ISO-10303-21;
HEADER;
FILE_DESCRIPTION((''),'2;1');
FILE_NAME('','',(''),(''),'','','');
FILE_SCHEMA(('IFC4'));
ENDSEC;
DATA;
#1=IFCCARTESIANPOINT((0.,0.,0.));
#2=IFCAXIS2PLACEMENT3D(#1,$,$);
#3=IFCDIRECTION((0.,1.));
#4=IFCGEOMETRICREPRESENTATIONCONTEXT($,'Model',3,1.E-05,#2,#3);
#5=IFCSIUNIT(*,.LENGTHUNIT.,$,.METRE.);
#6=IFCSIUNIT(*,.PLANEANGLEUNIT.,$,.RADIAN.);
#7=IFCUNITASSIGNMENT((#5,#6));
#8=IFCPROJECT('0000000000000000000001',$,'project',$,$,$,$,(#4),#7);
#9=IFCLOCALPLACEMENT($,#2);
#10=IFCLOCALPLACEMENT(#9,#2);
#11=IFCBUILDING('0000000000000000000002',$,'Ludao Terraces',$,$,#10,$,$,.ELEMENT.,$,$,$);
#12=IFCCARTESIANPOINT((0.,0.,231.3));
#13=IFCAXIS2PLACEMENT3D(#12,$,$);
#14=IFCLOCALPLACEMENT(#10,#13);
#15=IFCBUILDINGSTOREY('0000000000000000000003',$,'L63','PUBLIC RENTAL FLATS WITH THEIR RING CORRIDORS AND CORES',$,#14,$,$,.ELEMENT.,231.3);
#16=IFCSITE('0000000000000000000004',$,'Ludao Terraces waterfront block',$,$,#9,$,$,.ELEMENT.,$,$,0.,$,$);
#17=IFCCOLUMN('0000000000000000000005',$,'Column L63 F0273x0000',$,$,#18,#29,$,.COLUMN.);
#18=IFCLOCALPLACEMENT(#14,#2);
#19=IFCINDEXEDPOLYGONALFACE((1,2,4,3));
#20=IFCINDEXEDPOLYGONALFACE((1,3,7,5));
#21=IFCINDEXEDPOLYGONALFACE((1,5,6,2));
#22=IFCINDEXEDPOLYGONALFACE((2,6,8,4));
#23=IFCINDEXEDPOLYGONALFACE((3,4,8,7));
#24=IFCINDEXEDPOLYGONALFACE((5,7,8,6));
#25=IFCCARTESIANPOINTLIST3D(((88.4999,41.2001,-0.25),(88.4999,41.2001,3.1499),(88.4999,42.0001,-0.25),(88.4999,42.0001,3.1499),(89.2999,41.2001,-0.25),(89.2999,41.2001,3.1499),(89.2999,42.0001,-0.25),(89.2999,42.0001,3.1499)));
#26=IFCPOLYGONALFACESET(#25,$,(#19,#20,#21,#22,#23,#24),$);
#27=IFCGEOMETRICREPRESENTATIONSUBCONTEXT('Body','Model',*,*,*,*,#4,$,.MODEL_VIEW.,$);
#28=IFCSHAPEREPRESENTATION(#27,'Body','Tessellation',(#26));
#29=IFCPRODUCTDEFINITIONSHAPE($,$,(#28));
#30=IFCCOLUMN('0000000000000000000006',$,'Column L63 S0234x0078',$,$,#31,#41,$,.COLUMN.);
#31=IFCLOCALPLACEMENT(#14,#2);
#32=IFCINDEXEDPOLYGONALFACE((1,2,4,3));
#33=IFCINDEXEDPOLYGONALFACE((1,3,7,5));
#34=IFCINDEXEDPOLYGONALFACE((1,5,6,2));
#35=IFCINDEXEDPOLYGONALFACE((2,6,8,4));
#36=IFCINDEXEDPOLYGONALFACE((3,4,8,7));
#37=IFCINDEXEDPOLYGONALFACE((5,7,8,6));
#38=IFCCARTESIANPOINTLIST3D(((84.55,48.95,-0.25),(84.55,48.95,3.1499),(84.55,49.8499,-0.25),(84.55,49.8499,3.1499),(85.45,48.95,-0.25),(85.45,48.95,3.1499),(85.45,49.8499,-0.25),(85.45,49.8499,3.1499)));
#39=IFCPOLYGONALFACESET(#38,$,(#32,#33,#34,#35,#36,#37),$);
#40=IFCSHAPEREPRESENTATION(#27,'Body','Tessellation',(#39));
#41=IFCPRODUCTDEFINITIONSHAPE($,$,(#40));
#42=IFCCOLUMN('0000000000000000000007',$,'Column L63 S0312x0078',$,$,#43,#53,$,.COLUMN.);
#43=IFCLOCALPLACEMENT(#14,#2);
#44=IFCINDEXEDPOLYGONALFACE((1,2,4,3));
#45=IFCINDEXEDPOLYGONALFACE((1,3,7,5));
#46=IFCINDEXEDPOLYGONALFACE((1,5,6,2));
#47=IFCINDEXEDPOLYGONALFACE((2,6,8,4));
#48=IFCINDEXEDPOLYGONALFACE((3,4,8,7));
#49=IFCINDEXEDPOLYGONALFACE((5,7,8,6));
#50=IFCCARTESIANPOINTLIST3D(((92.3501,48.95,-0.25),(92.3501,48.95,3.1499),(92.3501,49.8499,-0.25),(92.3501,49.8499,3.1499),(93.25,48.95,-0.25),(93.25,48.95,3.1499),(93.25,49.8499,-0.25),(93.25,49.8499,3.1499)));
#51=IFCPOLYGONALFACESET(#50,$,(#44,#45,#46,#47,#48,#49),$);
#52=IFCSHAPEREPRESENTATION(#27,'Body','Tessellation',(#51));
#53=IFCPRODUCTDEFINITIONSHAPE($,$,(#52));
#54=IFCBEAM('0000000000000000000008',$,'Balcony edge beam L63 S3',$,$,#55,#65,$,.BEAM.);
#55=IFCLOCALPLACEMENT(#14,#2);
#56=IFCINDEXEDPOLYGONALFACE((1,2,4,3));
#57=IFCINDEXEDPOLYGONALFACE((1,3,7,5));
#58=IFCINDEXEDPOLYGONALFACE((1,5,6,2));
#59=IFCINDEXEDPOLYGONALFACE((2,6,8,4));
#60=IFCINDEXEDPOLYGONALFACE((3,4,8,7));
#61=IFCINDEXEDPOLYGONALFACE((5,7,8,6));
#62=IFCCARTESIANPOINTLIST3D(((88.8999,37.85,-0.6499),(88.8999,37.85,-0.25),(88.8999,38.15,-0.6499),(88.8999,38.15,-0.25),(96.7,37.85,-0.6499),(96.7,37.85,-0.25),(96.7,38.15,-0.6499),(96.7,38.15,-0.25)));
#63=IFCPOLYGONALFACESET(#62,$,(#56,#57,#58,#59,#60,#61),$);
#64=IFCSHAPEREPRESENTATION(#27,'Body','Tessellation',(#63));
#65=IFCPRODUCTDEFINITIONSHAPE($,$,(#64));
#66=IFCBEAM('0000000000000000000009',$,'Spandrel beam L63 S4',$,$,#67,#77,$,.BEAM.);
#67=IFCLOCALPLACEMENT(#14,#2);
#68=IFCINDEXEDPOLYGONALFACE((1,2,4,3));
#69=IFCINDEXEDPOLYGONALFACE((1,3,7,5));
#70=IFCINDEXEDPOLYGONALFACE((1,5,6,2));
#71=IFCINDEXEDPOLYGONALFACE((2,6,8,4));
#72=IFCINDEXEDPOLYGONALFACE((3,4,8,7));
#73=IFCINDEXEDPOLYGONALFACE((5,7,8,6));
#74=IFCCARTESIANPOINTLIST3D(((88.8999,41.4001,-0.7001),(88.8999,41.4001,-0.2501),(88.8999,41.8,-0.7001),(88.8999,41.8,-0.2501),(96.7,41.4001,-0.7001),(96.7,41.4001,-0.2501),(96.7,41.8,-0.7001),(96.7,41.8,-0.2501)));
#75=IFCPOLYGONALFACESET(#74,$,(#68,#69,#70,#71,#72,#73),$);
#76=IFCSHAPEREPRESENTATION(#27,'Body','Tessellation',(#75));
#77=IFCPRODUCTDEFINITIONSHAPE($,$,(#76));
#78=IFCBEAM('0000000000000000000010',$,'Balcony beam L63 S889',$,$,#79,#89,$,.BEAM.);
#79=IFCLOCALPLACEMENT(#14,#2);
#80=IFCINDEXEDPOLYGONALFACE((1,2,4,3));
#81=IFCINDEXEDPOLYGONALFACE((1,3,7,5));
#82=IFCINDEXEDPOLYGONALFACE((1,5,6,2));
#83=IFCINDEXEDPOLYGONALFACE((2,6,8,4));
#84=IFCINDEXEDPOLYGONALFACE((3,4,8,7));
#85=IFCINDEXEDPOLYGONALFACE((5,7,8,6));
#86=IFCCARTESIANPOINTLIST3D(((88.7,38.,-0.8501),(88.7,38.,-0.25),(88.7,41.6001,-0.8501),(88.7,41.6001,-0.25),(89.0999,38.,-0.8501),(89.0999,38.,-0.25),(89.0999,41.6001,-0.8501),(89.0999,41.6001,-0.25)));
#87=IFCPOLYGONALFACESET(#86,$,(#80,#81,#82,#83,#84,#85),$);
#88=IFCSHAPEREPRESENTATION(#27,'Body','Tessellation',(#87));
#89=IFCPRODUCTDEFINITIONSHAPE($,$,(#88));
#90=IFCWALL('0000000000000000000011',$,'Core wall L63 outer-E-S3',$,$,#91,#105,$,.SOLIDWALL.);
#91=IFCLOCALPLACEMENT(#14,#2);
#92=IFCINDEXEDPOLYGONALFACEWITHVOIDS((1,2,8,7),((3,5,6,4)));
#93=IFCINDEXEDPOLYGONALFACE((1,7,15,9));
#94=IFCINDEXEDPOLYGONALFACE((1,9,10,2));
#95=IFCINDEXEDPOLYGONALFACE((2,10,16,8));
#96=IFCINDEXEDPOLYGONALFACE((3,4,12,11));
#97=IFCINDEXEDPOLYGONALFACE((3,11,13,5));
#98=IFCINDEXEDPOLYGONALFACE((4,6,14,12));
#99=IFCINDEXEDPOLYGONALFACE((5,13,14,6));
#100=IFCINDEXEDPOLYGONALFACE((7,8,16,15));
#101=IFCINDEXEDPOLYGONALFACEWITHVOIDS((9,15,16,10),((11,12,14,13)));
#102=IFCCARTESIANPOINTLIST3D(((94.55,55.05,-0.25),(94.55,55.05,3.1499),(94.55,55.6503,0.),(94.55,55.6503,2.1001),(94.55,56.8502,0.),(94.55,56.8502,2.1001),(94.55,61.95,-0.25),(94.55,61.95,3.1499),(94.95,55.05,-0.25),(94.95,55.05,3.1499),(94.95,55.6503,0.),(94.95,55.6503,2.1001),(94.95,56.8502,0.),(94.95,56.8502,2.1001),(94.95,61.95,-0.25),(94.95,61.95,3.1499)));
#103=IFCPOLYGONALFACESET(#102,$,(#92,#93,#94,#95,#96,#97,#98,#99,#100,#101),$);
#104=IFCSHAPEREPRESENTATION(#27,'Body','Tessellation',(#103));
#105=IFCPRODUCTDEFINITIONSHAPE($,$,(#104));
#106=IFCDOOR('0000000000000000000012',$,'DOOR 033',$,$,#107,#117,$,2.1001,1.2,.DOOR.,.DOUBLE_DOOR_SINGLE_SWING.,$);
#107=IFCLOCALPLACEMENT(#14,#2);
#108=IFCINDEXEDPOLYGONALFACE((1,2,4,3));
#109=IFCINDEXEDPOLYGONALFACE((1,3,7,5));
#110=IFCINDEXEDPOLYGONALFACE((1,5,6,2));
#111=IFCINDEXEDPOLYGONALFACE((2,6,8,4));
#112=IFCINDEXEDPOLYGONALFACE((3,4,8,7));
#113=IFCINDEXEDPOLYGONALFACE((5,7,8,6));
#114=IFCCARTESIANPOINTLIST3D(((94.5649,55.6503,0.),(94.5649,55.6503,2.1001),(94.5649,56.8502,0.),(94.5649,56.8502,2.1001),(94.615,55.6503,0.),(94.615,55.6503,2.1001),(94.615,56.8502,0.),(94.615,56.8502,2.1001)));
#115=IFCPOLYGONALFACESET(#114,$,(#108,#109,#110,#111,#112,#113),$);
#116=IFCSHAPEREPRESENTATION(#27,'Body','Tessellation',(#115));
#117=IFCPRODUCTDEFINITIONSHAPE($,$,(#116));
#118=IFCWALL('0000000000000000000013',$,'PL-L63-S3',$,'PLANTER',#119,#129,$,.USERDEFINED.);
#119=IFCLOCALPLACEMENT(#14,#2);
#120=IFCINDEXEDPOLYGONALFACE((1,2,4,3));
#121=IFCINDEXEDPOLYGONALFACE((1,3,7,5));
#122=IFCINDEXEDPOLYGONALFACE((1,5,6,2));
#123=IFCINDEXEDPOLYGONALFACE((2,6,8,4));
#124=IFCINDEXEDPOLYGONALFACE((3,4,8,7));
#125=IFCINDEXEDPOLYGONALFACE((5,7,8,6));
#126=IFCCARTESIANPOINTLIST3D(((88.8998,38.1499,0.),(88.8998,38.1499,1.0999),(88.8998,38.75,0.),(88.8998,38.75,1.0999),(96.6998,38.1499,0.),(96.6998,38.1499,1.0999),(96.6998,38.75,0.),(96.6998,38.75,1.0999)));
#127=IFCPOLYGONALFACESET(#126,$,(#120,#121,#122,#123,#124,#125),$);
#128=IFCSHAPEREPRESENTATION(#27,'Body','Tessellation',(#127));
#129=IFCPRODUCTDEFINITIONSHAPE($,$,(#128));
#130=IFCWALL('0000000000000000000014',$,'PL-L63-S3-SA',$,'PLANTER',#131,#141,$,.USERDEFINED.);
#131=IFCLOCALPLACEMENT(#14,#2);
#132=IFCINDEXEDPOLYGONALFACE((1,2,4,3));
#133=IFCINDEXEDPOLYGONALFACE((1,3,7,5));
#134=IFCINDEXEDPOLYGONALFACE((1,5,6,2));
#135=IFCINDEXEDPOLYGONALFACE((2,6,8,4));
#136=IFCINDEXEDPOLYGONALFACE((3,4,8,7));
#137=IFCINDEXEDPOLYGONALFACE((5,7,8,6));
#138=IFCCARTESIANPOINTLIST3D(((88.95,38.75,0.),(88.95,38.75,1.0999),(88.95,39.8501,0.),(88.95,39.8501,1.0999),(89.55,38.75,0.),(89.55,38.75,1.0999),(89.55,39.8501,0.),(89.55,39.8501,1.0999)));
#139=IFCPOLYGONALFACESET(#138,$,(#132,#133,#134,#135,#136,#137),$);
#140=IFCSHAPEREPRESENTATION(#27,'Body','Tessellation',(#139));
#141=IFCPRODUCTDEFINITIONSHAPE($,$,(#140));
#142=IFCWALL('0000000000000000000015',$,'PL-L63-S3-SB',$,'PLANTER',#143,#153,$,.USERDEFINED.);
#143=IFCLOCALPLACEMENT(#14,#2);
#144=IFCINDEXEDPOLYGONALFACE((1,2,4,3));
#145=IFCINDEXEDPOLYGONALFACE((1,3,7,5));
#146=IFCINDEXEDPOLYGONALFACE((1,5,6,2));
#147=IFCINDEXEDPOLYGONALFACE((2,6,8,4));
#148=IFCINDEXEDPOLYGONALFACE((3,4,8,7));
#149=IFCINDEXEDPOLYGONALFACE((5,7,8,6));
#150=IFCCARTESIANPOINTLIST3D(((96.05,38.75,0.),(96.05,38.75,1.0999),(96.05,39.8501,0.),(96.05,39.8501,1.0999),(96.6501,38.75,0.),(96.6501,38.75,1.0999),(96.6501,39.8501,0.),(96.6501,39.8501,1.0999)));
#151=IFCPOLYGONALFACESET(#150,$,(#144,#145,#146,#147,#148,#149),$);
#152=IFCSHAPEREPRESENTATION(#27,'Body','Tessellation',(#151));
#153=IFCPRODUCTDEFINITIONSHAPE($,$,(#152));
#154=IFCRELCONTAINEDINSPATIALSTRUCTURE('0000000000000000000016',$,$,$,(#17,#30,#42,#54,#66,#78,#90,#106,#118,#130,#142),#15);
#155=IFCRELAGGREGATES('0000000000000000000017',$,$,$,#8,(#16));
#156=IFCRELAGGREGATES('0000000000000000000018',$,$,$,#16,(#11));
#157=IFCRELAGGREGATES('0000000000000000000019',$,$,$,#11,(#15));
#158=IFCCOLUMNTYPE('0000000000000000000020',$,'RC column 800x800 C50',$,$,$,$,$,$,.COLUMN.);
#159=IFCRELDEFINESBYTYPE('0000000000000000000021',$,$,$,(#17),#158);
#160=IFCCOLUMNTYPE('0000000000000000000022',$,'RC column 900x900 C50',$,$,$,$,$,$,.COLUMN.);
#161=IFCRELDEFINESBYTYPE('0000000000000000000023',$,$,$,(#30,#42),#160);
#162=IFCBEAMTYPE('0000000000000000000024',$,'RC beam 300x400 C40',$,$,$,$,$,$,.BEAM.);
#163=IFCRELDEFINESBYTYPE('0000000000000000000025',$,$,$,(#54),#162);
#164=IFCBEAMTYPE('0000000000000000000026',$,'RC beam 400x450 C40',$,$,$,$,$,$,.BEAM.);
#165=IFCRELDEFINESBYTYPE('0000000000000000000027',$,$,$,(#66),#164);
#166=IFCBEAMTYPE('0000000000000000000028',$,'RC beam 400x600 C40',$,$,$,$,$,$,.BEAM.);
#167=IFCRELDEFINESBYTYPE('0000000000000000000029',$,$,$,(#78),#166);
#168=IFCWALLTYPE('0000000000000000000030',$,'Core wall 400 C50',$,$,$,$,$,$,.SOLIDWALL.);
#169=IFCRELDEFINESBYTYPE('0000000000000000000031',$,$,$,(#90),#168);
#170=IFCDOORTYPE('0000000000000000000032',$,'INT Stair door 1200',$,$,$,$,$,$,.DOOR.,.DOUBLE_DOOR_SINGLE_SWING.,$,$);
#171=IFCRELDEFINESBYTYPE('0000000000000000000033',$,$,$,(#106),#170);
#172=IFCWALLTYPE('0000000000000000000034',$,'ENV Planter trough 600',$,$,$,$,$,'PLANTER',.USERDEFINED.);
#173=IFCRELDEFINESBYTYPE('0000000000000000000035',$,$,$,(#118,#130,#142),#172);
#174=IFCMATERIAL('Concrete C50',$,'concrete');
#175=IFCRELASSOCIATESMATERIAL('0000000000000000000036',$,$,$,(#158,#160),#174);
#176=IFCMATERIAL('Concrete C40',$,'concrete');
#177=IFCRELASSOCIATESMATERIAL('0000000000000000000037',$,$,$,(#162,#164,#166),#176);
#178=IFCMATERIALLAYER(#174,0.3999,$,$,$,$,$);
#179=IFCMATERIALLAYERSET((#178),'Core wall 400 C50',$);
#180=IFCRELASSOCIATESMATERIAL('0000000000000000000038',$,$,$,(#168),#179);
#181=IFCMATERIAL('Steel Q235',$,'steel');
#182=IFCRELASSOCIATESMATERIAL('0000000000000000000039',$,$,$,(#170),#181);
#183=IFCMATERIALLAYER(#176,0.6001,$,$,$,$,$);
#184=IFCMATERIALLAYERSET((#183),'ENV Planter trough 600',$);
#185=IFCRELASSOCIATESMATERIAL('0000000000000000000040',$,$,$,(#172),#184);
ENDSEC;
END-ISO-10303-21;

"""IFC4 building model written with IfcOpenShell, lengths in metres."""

from ifc_helpers import new_model, si_unit, direction, frame, frame_2d, origin, origin_2d, place, context, subcontext, project, spatial, rectangle, extrude, material, layer, layer_set, material_profile, profile_set, type_object, element, fill, save


model = new_model("IFC4")

# Units and contexts
model_context = context("Model", 3, precision=1e-05, world=origin(), true_north=direction((0.0, 1.0)))
body_context = subcontext(model_context, "Body", "Model", "MODEL_VIEW")
ifc_project = project(units=[si_unit("LENGTHUNIT", "METRE"), si_unit("PLANEANGLEUNIT", "RADIAN")], contexts=[model_context])

# Site, building, storey
site_placement = place(None, origin())
site = spatial("IfcSite", under=ifc_project, at=site_placement, Name="Ludao Terraces waterfront block", CompositionType="ELEMENT", RefElevation=0.0)
building_placement = place(site_placement, origin())
building = spatial("IfcBuilding", under=site, at=building_placement, Name="Ludao Terraces", CompositionType="ELEMENT")
storey_placement = place(building_placement, frame((0.0, 0.0, 231.3)))
storey = spatial("IfcBuildingStorey", under=building, at=storey_placement, Name="L63", Description="PUBLIC RENTAL FLATS WITH THEIR RING CORRIDORS AND CORES", CompositionType="ELEMENT", Elevation=231.3)

# Columns
ifc_material_1 = material(Name="Concrete C50", Category="concrete")
ifc_material_profile_1 = material_profile(ifc_material_1, rectangle(XDim=0.8, YDim=0.8, at=origin_2d()), Name="800 X 800")
ifc_profile_set_1 = profile_set([ifc_material_profile_1], Name="Concrete C50")
column_type_1 = type_object("IfcColumnType", Name="RC column 800x800 C50", PredefinedType="COLUMN", material=ifc_profile_set_1)
column_placement = place(storey_placement, frame((88.8999, 41.6001, -0.25), z_axis=(0.0, 0.0, 1.0), x_axis=(1.0, 0.0, 0.0)))
element("IfcColumn", 1, at=column_placement, inside=storey, type_object=column_type_1, Name="Column L63 F0273x0000", PredefinedType="COLUMN", context=body_context, shape_type="SweptSolid", body=[
    extrude(rectangle(XDim=0.8, YDim=0.8, at=origin_2d()), origin(), (0.0, 0.0, 1.0), 3.3999),
])
ifc_material_profile_2 = material_profile(ifc_material_1, rectangle(XDim=0.8999, YDim=0.8999, at=origin_2d()), Name="900 X 900")
ifc_profile_set_2 = profile_set([ifc_material_profile_2], Name="Concrete C50")
column_type_2 = type_object("IfcColumnType", Name="RC column 900x900 C50", PredefinedType="COLUMN", material=ifc_profile_set_2)
for number, where, z_axis, x_axis, name in (
    (2, (85.0, 49.3999, -0.25), (0.0, 0.0, 1.0), (1.0, 0.0, 0.0), "Column L63 S0234x0078"),
    (3, (92.8, 49.3999, -0.25), (0.0, 0.0, 1.0), (1.0, 0.0, 0.0), "Column L63 S0312x0078"),
):
    element("IfcColumn", number, at=place(storey_placement, frame(where, z_axis=z_axis, x_axis=x_axis)), inside=storey, type_object=column_type_2, Name=name, PredefinedType="COLUMN", context=body_context, shape_type="SweptSolid", body=[
        extrude(rectangle(XDim=0.8999, YDim=0.8999, at=origin_2d()), origin(), (0.0, 0.0, 1.0), 3.3999),
    ])

# Beams
ifc_material_2 = material(Name="Concrete C40", Category="concrete")
ifc_material_profile_3 = material_profile(ifc_material_2, rectangle(XDim=0.3, YDim=0.3999, at=origin_2d()), Name="300 X 400")
ifc_profile_set_3 = profile_set([ifc_material_profile_3], Name="Concrete C40")
beam_type_1 = type_object("IfcBeamType", Name="RC beam 300x400 C40", PredefinedType="BEAM", material=ifc_profile_set_3)
beam_1_placement = place(storey_placement, frame((88.8999, 38.0, -0.45), z_axis=(1.0, 0.0, 0.0), x_axis=(0.0, 1.0, 0.0)))
element("IfcBeam", 4, at=beam_1_placement, inside=storey, type_object=beam_type_1, Name="Balcony edge beam L63 S3", PredefinedType="BEAM", context=body_context, shape_type="SweptSolid", body=[
    extrude(rectangle(XDim=0.3, YDim=0.3999, at=origin_2d()), origin(), (0.0, 0.0, 1.0), 7.8),
])
ifc_material_profile_4 = material_profile(ifc_material_2, rectangle(XDim=0.3999, YDim=0.45, at=origin_2d()), Name="400 X 450")
ifc_profile_set_4 = profile_set([ifc_material_profile_4], Name="Concrete C40")
beam_type_2 = type_object("IfcBeamType", Name="RC beam 400x450 C40", PredefinedType="BEAM", material=ifc_profile_set_4)
beam_2_placement = place(storey_placement, frame((88.8999, 41.6001, -0.4751), z_axis=(1.0, 0.0, 0.0), x_axis=(0.0, 1.0, 0.0)))
element("IfcBeam", 5, at=beam_2_placement, inside=storey, type_object=beam_type_2, Name="Spandrel beam L63 S4", PredefinedType="BEAM", context=body_context, shape_type="SweptSolid", body=[
    extrude(rectangle(XDim=0.3999, YDim=0.45, at=origin_2d()), origin(), (0.0, 0.0, 1.0), 7.8),
])
ifc_material_profile_5 = material_profile(ifc_material_2, rectangle(XDim=0.3999, YDim=0.6001, at=origin_2d()), Name="400 X 600")
ifc_profile_set_5 = profile_set([ifc_material_profile_5], Name="Concrete C40")
beam_type_3 = type_object("IfcBeamType", Name="RC beam 400x600 C40", PredefinedType="BEAM", material=ifc_profile_set_5)
beam_3_placement = place(storey_placement, frame((88.8999, 41.6001, -0.55), z_axis=(0.0, -1.0, 0.0), x_axis=(1.0, 0.0, 0.0)))
element("IfcBeam", 6, at=beam_3_placement, inside=storey, type_object=beam_type_3, Name="Balcony beam L63 S889", PredefinedType="BEAM", context=body_context, shape_type="SweptSolid", body=[
    extrude(rectangle(XDim=0.3999, YDim=0.6001, at=origin_2d()), origin(), (0.0, 0.0, 1.0), 3.6001),
])

# Wall, opening, door
ifc_layer_1 = layer(ifc_material_1, 0.3999)
ifc_layer_set_1 = layer_set([ifc_layer_1], Name="Core wall 400 C50")
wall_type_1 = type_object("IfcWallType", Name="Core wall 400 C50", PredefinedType="SOLIDWALL", material=ifc_layer_set_1)
wall_1_placement = place(storey_placement, frame((94.75, 55.05, -0.25), z_axis=(0.0, 0.0, 1.0), x_axis=(0.0, 1.0, 0.0)))
wall_1 = element("IfcWall", 7, at=wall_1_placement, inside=storey, type_object=wall_type_1, Name="Core wall L63 outer-E-S3", PredefinedType="SOLIDWALL", context=body_context, shape_type="SweptSolid", body=[
    extrude(rectangle(XDim=6.8999, YDim=0.3999, at=frame_2d((3.45, 0.0))), origin(), (0.0, 0.0, 1.0), 3.3999),
])
opening_1_placement = place(wall_1_placement, frame((0.6001, 0.0, 0.25)))
opening_1 = element("IfcOpeningElement", 8, at=opening_1_placement, cuts=wall_1, PredefinedType="OPENING", context=body_context, shape_type="SweptSolid", body=[
    extrude(rectangle(XDim=1.2, YDim=2.1001, at=frame_2d((0.6001, 1.05))), frame((0.0, 0.21, 0.0), z_axis=(0.0, -1.0, 0.0), x_axis=(1.0, 0.0, 0.0)), (0.0, 0.0, 1.0), 0.4199),
])
ifc_material_3 = material(Name="Steel Q235", Category="steel")
door_type_1 = type_object("IfcDoorType", Name="INT Stair door 1200", OperationType="DOUBLE_DOOR_SINGLE_SWING", PredefinedType="DOOR", material=ifc_material_3)
door_1_placement = place(opening_1_placement, origin())
door_1 = element("IfcDoor", 9, at=door_1_placement, inside=storey, type_object=door_type_1, Name="DOOR 033", OperationType="DOUBLE_DOOR_SINGLE_SWING", OverallHeight=2.1001, OverallWidth=1.2, PredefinedType="DOOR", context=body_context, shape_type="SweptSolid", body=[
    extrude(rectangle(XDim=1.2, YDim=2.1001, at=frame_2d((0.6001, 1.05))), frame((0.0, 0.1851, 0.0), z_axis=(0.0, -1.0, 0.0), x_axis=(1.0, 0.0, 0.0)), (0.0, 0.0, 1.0), 0.05),
])
fill(opening_1, door_1)

# Walls
ifc_layer_2 = layer(ifc_material_2, 0.6001)
ifc_layer_set_2 = layer_set([ifc_layer_2], Name="ENV Planter trough 600")
wall_type_2 = type_object("IfcWallType", Name="ENV Planter trough 600", ElementType="PLANTER", PredefinedType="USERDEFINED", material=ifc_layer_set_2)
wall_2_placement = place(storey_placement, frame((88.8999, 38.45, 0.0), z_axis=(0.0, 0.0, 1.0), x_axis=(1.0, 0.0, 0.0)))
element("IfcWall", 10, at=wall_2_placement, inside=storey, type_object=wall_type_2, Name="PL-L63-S3", ObjectType="PLANTER", PredefinedType="USERDEFINED", context=body_context, shape_type="SweptSolid", body=[
    extrude(rectangle(XDim=7.8, YDim=0.6001, at=frame_2d((3.8999, 0.0))), origin(), (0.0, 0.0, 1.0), 1.0999),
])
for number, where, z_axis, x_axis, name in (
    (11, (89.25, 38.75, 0.0), (0.0, 0.0, 1.0), (0.0, 1.0, 0.0), "PL-L63-S3-SA"),
    (12, (96.3501, 38.75, 0.0), (0.0, 0.0, 1.0), (0.0, 1.0, 0.0), "PL-L63-S3-SB"),
):
    element("IfcWall", number, at=place(storey_placement, frame(where, z_axis=z_axis, x_axis=x_axis)), inside=storey, type_object=wall_type_2, Name=name, ObjectType="PLANTER", PredefinedType="USERDEFINED", context=body_context, shape_type="SweptSolid", body=[
        extrude(rectangle(XDim=1.1001, YDim=0.6001, at=frame_2d((0.55, 0.0))), origin(), (0.0, 0.0, 1.0), 1.0999),
    ])

save(model, "model.ifc")
